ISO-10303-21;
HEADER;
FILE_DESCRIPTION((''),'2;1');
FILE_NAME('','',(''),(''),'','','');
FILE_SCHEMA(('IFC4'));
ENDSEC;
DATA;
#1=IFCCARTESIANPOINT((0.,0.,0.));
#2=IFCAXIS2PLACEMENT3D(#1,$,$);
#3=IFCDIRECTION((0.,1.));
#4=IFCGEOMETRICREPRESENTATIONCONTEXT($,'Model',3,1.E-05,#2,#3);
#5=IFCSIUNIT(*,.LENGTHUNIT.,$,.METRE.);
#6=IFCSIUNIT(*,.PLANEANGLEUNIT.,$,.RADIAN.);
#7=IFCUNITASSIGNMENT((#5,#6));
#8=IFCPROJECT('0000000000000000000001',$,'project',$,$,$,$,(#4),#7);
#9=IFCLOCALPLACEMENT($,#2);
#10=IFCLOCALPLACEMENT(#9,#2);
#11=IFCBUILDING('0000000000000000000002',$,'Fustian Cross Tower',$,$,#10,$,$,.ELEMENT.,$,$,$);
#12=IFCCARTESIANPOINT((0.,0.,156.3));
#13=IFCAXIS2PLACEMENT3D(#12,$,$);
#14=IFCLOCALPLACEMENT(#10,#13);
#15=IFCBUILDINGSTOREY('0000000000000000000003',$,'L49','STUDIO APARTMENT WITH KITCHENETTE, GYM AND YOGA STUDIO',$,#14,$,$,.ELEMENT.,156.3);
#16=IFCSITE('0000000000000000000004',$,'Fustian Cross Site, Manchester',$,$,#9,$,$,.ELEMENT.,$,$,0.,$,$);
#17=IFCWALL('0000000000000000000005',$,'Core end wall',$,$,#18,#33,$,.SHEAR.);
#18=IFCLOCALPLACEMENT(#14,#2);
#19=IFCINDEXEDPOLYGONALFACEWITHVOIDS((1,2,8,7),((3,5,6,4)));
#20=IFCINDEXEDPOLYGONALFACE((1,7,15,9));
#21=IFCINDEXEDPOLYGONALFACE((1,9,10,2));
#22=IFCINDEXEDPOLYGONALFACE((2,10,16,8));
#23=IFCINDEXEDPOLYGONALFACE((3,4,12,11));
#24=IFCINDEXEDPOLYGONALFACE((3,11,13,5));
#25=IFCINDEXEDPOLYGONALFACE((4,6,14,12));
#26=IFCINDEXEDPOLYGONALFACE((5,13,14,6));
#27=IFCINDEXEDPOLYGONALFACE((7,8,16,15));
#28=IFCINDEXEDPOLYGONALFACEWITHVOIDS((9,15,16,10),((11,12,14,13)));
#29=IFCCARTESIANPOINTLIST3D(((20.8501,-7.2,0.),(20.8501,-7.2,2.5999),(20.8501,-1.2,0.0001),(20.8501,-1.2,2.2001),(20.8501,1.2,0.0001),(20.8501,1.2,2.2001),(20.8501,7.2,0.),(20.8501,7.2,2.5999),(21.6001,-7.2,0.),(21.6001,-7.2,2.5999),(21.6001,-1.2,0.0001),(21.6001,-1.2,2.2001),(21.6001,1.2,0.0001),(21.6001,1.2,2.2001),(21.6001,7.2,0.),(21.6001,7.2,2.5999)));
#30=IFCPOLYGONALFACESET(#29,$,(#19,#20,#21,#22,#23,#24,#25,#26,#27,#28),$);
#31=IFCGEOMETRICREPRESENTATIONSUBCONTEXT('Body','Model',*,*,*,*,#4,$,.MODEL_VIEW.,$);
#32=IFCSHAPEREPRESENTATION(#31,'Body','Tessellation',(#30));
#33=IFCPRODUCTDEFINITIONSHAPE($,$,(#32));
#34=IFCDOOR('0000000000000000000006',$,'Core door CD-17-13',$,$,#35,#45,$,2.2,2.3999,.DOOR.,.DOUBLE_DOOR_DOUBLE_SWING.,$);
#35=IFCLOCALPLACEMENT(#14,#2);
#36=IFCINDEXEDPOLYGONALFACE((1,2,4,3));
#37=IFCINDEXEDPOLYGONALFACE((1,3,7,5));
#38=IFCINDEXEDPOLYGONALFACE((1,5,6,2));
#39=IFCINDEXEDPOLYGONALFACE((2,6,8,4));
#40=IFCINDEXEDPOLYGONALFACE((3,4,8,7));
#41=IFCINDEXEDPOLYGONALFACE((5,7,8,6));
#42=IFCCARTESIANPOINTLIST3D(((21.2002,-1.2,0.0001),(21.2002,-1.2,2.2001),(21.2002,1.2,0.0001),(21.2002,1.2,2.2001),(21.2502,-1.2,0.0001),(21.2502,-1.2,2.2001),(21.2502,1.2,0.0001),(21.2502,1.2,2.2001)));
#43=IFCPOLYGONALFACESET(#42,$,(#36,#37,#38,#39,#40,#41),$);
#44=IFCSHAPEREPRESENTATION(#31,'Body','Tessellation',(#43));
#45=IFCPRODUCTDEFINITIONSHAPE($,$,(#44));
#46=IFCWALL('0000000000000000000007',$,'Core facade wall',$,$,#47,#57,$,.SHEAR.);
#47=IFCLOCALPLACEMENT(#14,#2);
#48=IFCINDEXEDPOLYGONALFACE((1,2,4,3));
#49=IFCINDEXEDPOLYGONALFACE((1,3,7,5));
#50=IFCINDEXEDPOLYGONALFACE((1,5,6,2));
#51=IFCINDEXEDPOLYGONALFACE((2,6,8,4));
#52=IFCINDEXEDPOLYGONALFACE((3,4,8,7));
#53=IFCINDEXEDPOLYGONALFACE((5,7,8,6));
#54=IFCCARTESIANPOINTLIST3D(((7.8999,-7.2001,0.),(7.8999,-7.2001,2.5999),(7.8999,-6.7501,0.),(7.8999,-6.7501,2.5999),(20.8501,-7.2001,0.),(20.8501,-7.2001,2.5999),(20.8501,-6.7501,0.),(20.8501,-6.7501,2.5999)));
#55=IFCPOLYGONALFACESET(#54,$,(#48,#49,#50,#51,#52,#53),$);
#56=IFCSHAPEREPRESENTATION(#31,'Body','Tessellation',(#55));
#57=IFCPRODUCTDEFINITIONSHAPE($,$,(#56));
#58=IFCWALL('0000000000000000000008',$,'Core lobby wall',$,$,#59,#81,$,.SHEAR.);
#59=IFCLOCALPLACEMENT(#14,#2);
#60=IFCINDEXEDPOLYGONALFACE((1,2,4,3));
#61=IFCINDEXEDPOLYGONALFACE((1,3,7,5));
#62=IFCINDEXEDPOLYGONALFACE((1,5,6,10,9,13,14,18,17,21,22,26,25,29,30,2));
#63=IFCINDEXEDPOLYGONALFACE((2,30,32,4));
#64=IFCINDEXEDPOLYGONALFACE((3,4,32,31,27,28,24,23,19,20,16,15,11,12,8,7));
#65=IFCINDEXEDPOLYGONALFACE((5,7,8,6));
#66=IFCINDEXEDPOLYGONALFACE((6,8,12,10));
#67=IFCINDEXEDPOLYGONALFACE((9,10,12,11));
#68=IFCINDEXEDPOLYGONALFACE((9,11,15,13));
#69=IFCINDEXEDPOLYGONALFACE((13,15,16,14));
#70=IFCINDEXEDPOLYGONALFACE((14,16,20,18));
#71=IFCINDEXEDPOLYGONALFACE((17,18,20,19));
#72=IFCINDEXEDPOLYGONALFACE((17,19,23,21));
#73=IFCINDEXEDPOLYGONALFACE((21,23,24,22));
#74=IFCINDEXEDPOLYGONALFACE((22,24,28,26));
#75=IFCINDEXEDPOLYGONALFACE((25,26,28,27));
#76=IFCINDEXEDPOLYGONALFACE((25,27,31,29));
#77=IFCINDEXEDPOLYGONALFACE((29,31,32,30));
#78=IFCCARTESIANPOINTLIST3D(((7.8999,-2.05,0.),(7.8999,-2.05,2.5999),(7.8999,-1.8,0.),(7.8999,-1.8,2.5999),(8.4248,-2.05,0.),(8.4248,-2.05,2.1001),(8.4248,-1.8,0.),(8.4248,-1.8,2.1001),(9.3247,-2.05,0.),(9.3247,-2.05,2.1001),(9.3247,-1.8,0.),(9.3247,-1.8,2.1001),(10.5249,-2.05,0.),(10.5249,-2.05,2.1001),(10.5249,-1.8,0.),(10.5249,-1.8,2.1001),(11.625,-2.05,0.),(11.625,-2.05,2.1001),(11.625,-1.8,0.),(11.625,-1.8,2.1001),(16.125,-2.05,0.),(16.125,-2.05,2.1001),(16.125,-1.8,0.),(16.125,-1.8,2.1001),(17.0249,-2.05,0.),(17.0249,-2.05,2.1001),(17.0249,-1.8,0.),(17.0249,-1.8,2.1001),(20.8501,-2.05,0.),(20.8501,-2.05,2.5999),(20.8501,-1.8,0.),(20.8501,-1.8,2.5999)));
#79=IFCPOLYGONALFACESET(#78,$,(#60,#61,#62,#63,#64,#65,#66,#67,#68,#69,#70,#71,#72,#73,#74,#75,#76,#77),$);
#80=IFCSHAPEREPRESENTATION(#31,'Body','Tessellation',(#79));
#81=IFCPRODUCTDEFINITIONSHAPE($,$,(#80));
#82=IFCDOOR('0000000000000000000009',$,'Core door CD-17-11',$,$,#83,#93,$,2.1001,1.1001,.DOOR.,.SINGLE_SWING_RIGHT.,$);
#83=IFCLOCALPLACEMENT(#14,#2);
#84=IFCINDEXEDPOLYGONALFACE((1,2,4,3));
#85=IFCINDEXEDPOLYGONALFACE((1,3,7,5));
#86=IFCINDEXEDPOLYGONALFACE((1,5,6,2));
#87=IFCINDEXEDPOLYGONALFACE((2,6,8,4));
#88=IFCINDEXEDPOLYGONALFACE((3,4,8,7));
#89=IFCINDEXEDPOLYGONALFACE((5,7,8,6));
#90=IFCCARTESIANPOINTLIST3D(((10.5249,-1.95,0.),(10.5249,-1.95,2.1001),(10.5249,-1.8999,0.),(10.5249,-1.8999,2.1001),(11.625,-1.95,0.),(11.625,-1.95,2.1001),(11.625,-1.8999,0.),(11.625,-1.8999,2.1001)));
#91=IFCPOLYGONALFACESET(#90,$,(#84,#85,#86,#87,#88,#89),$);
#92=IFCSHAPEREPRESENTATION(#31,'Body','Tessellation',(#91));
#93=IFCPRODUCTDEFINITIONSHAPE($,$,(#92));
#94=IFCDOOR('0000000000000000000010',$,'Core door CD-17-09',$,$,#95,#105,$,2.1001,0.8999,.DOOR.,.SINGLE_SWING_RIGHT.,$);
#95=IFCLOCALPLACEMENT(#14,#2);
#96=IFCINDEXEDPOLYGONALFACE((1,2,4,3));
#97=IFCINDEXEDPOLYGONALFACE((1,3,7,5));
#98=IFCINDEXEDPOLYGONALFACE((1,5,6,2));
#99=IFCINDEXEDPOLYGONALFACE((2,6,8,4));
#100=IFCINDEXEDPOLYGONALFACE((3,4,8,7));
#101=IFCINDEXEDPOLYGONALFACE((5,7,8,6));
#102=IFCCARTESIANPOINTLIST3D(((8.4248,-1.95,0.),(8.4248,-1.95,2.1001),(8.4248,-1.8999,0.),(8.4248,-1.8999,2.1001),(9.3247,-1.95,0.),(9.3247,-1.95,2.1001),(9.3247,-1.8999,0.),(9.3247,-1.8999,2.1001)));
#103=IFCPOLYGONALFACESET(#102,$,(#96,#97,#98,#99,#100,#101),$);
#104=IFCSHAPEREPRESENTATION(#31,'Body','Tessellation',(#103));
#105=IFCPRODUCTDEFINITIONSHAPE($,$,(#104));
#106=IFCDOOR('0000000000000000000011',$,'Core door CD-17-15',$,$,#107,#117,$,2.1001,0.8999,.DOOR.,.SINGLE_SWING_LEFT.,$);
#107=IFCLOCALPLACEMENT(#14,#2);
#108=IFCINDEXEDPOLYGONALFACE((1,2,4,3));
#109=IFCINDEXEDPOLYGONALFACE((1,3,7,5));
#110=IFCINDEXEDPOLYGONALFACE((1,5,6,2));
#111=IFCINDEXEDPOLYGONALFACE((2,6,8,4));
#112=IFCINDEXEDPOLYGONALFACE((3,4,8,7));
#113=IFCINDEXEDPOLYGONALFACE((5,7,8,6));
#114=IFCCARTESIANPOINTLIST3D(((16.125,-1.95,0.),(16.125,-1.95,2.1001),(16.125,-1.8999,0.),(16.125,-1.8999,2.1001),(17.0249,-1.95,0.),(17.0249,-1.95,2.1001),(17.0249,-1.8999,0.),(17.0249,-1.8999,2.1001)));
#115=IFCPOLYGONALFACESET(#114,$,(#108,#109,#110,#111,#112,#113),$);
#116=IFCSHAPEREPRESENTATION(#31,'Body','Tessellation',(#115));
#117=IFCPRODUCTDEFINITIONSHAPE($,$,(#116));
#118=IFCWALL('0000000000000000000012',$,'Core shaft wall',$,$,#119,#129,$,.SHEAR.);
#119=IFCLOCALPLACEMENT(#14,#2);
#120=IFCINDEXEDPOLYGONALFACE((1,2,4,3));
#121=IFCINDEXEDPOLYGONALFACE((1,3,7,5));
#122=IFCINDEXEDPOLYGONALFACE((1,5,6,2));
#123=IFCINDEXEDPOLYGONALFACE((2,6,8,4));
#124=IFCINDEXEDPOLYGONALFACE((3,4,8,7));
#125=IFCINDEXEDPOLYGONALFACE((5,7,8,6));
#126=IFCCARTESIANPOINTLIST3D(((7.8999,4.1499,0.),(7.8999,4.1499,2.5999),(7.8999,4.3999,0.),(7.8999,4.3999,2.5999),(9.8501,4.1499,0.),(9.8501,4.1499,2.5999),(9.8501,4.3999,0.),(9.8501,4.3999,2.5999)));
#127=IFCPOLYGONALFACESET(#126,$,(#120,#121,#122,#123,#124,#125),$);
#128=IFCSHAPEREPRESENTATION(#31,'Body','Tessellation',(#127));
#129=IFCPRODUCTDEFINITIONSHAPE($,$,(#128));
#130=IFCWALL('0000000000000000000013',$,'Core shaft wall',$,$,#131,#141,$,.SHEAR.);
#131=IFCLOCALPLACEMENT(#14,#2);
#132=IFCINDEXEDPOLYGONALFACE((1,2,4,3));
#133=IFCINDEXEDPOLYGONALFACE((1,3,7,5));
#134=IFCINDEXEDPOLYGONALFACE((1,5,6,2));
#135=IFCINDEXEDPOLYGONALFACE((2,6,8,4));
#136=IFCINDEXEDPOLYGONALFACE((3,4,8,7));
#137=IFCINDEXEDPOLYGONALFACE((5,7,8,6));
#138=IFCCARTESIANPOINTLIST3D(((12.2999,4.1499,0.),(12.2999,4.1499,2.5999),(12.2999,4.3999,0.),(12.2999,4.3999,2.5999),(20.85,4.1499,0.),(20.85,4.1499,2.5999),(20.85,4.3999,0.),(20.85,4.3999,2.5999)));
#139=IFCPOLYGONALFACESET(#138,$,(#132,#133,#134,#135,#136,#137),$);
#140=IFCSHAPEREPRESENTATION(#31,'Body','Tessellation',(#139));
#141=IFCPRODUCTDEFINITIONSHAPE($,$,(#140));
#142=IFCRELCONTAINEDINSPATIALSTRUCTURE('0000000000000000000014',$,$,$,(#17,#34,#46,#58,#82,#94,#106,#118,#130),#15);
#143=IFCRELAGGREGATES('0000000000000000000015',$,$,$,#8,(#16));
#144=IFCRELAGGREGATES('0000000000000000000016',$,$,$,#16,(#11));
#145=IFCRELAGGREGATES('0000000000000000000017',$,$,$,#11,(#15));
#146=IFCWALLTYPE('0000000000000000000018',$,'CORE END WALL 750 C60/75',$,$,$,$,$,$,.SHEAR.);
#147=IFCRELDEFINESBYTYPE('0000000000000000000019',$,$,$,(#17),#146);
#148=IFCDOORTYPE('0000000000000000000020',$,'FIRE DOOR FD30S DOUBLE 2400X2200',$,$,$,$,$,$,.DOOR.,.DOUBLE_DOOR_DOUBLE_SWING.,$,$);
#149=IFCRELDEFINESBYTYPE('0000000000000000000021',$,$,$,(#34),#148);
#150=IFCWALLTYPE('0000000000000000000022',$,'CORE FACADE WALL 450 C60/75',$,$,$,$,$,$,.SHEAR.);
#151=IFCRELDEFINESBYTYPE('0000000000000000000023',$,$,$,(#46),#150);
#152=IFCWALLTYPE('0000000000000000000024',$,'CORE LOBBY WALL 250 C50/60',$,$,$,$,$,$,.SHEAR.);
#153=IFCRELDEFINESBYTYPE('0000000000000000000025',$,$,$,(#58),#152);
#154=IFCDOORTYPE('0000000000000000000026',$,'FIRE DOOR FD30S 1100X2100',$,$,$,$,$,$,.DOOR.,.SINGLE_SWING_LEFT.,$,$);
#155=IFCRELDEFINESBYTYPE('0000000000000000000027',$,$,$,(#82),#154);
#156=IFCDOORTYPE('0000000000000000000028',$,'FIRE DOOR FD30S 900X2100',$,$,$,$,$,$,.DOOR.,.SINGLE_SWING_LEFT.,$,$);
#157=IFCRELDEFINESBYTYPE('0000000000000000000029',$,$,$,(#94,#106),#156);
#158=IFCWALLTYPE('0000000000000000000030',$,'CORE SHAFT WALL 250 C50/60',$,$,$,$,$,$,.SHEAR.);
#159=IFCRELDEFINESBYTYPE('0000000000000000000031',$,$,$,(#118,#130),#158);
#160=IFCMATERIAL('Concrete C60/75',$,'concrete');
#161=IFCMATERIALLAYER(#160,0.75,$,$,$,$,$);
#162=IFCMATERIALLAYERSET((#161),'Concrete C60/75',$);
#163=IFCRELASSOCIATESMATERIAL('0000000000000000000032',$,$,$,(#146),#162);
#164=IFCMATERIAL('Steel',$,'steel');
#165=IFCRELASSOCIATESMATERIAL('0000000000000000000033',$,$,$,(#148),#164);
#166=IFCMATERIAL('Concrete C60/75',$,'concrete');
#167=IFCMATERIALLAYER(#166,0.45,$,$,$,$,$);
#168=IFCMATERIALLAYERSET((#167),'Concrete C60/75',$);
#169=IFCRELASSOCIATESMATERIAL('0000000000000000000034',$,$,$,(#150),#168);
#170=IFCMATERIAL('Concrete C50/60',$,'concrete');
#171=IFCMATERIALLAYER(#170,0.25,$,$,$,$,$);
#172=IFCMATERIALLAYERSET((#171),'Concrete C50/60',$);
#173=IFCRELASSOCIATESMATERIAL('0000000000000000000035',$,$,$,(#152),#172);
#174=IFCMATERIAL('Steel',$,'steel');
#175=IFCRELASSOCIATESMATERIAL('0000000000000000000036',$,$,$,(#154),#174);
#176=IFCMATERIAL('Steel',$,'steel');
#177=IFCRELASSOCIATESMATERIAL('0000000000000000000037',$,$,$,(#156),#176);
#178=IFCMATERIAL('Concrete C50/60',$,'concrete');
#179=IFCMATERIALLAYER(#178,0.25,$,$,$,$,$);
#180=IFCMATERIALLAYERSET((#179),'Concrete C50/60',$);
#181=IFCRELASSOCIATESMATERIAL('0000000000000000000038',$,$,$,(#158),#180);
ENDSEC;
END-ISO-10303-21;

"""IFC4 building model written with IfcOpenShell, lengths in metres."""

from ifc_helpers import new_model, si_unit, direction, frame, frame_2d, origin, place, context, subcontext, project, spatial, rectangle, extrude, material, layer, layer_set, type_object, element, fill, save


model = new_model("IFC4")

# Units and contexts
model_context = context("Model", 3, precision=1e-05, world=origin(), true_north=direction((0.0, 1.0)))
body_context = subcontext(model_context, "Body", "Model", "MODEL_VIEW")
ifc_project = project(units=[si_unit("LENGTHUNIT", "METRE"), si_unit("PLANEANGLEUNIT", "RADIAN")], contexts=[model_context])

# Site, building, storey
site_placement = place(None, origin())
site = spatial("IfcSite", under=ifc_project, at=site_placement, Name="Fustian Cross Site, Manchester", CompositionType="ELEMENT", RefElevation=0.0)
building_placement = place(site_placement, origin())
building = spatial("IfcBuilding", under=site, at=building_placement, Name="Fustian Cross Tower", CompositionType="ELEMENT")
storey_placement = place(building_placement, frame((0.0, 0.0, 156.3)))
storey = spatial("IfcBuildingStorey", under=building, at=storey_placement, Name="L49", Description="STUDIO APARTMENT WITH KITCHENETTE, GYM AND YOGA STUDIO", CompositionType="ELEMENT", Elevation=156.3)

# Wall, opening, door
ifc_material_1 = material(Name="Concrete C60/75", Category="concrete")
ifc_layer_1 = layer(ifc_material_1, 0.75)
ifc_layer_set_1 = layer_set([ifc_layer_1], Name="Concrete C60/75")
wall_type_1 = type_object("IfcWallType", Name="CORE END WALL 750 C60/75", PredefinedType="SHEAR", material=ifc_layer_set_1)
wall_1_placement = place(storey_placement, frame((21.2251, -7.2, 0.0), z_axis=(0.0, 0.0, 1.0), x_axis=(0.0, 1.0, 0.0)))
wall_1 = element("IfcWall", 1, at=wall_1_placement, inside=storey, type_object=wall_type_1, Name="Core end wall", PredefinedType="SHEAR", context=body_context, shape_type="SweptSolid", body=[
    extrude(rectangle(XDim=14.3999, YDim=0.75, at=frame_2d((7.2, 0.0))), origin(), (0.0, 0.0, 1.0), 2.5999),
])
opening_1_placement = place(wall_1_placement, frame((6.0, 0.0, 0.0)))
opening_1 = element("IfcOpeningElement", 2, at=opening_1_placement, cuts=wall_1, PredefinedType="OPENING", context=body_context, shape_type="SweptSolid", body=[
    extrude(rectangle(XDim=2.3999, YDim=2.2, at=frame_2d((1.2, 1.1001))), frame((0.0, 0.385, 0.0), z_axis=(0.0, -1.0, 0.0), x_axis=(1.0, 0.0, 0.0)), (0.0, 0.0, 1.0), 0.77),
])
ifc_material_2 = material(Name="Steel", Category="steel")
door_type_1 = type_object("IfcDoorType", Name="FIRE DOOR FD30S DOUBLE 2400X2200", OperationType="DOUBLE_DOOR_DOUBLE_SWING", PredefinedType="DOOR", material=ifc_material_2)
door_1_placement = place(opening_1_placement, origin())
door_1 = element("IfcDoor", 3, at=door_1_placement, inside=storey, type_object=door_type_1, Name="Core door CD-17-13", OperationType="DOUBLE_DOOR_DOUBLE_SWING", OverallHeight=2.2, OverallWidth=2.3999, PredefinedType="DOOR", context=body_context, shape_type="SweptSolid", body=[
    extrude(rectangle(XDim=2.3999, YDim=2.2, at=frame_2d((1.2, 1.1001))), frame((0.0, 0.0249, 0.0), z_axis=(0.0, -1.0, 0.0), x_axis=(1.0, 0.0, 0.0)), (0.0, 0.0, 1.0), 0.05),
])
fill(opening_1, door_1)

# Wall
ifc_material_3 = material(Name="Concrete C60/75", Category="concrete")
ifc_layer_2 = layer(ifc_material_3, 0.45)
ifc_layer_set_2 = layer_set([ifc_layer_2], Name="Concrete C60/75")
wall_type_2 = type_object("IfcWallType", Name="CORE FACADE WALL 450 C60/75", PredefinedType="SHEAR", material=ifc_layer_set_2)
wall_2_placement = place(storey_placement, frame((7.8999, -6.9751, 0.0), z_axis=(0.0, 0.0, 1.0), x_axis=(1.0, 0.0, 0.0)))
element("IfcWall", 4, at=wall_2_placement, inside=storey, type_object=wall_type_2, Name="Core facade wall", PredefinedType="SHEAR", context=body_context, shape_type="SweptSolid", body=[
    extrude(rectangle(XDim=12.9502, YDim=0.45, at=frame_2d((6.4751, 0.0))), origin(), (0.0, 0.0, 1.0), 2.5999),
])

# Wall, openings, doors
ifc_material_4 = material(Name="Concrete C50/60", Category="concrete")
ifc_layer_3 = layer(ifc_material_4, 0.25)
ifc_layer_set_3 = layer_set([ifc_layer_3], Name="Concrete C50/60")
wall_type_3 = type_object("IfcWallType", Name="CORE LOBBY WALL 250 C50/60", PredefinedType="SHEAR", material=ifc_layer_set_3)
wall_3_placement = place(storey_placement, frame((7.8999, -1.925, 0.0), z_axis=(0.0, 0.0, 1.0), x_axis=(1.0, 0.0, 0.0)))
wall_3 = element("IfcWall", 5, at=wall_3_placement, inside=storey, type_object=wall_type_3, Name="Core lobby wall", PredefinedType="SHEAR", context=body_context, shape_type="SweptSolid", body=[
    extrude(rectangle(XDim=12.9502, YDim=0.25, at=frame_2d((6.4751, 0.0))), origin(), (0.0, 0.0, 1.0), 2.5999),
])
opening_2_placement = place(wall_3_placement, frame((0.5249, 0.0, 0.0)))
opening_2 = element("IfcOpeningElement", 6, at=opening_2_placement, cuts=wall_3, PredefinedType="OPENING", context=body_context, shape_type="SweptSolid", body=[
    extrude(rectangle(XDim=0.8999, YDim=2.1001, at=frame_2d((0.45, 1.05))), frame((0.0, 0.135, 0.0), z_axis=(0.0, -1.0, 0.0), x_axis=(1.0, 0.0, 0.0)), (0.0, 0.0, 1.0), 0.27),
])
opening_3_placement = place(wall_3_placement, frame((2.625, 0.0, 0.0)))
opening_3 = element("IfcOpeningElement", 7, at=opening_3_placement, cuts=wall_3, PredefinedType="OPENING", context=body_context, shape_type="SweptSolid", body=[
    extrude(rectangle(XDim=1.1001, YDim=2.1001, at=frame_2d((0.55, 1.05))), frame((0.0, 0.135, 0.0), z_axis=(0.0, -1.0, 0.0), x_axis=(1.0, 0.0, 0.0)), (0.0, 0.0, 1.0), 0.27),
])
opening_4_placement = place(wall_3_placement, frame((8.2251, 0.0, 0.0)))
opening_4 = element("IfcOpeningElement", 8, at=opening_4_placement, cuts=wall_3, PredefinedType="OPENING", context=body_context, shape_type="SweptSolid", body=[
    extrude(rectangle(XDim=0.8999, YDim=2.1001, at=frame_2d((0.45, 1.05))), frame((0.0, 0.135, 0.0), z_axis=(0.0, -1.0, 0.0), x_axis=(1.0, 0.0, 0.0)), (0.0, 0.0, 1.0), 0.27),
])
ifc_material_5 = material(Name="Steel", Category="steel")
door_type_2 = type_object("IfcDoorType", Name="FIRE DOOR FD30S 1100X2100", OperationType="SINGLE_SWING_LEFT", PredefinedType="DOOR", material=ifc_material_5)
door_2_placement = place(opening_3_placement, frame((1.1001, 0.0, 0.0), z_axis=(0.0, 0.0, 1.0), x_axis=(-1.0, 0.0, 0.0)))
door_2 = element("IfcDoor", 9, at=door_2_placement, inside=storey, type_object=door_type_2, Name="Core door CD-17-11", OperationType="SINGLE_SWING_RIGHT", OverallHeight=2.1001, OverallWidth=1.1001, PredefinedType="DOOR", context=body_context, shape_type="SweptSolid", body=[
    extrude(rectangle(XDim=1.1001, YDim=2.1001, at=frame_2d((0.55, 1.05))), frame((0.0, 0.0249, 0.0), z_axis=(0.0, -1.0, 0.0), x_axis=(1.0, 0.0, 0.0)), (0.0, 0.0, 1.0), 0.05),
])
fill(opening_3, door_2)
ifc_material_6 = material(Name="Steel", Category="steel")
door_type_3 = type_object("IfcDoorType", Name="FIRE DOOR FD30S 900X2100", OperationType="SINGLE_SWING_LEFT", PredefinedType="DOOR", material=ifc_material_6)
door_3_placement = place(opening_2_placement, frame((0.8999, 0.0, 0.0), z_axis=(0.0, 0.0, 1.0), x_axis=(-1.0, 0.0, 0.0)))
door_3 = element("IfcDoor", 10, at=door_3_placement, inside=storey, type_object=door_type_3, Name="Core door CD-17-09", OperationType="SINGLE_SWING_RIGHT", OverallHeight=2.1001, OverallWidth=0.8999, PredefinedType="DOOR", context=body_context, shape_type="SweptSolid", body=[
    extrude(rectangle(XDim=0.8999, YDim=2.1001, at=frame_2d((0.45, 1.05))), frame((0.0, 0.0249, 0.0), z_axis=(0.0, -1.0, 0.0), x_axis=(1.0, 0.0, 0.0)), (0.0, 0.0, 1.0), 0.05),
])
fill(opening_2, door_3)
door_4_placement = place(opening_4_placement, frame((0.8999, 0.0, 0.0), z_axis=(0.0, 0.0, 1.0), x_axis=(-1.0, 0.0, 0.0)))
door_4 = element("IfcDoor", 11, at=door_4_placement, inside=storey, type_object=door_type_3, Name="Core door CD-17-15", OperationType="SINGLE_SWING_LEFT", OverallHeight=2.1001, OverallWidth=0.8999, PredefinedType="DOOR", context=body_context, shape_type="SweptSolid", body=[
    extrude(rectangle(XDim=0.8999, YDim=2.1001, at=frame_2d((0.45, 1.05))), frame((0.0, 0.0249, 0.0), z_axis=(0.0, -1.0, 0.0), x_axis=(1.0, 0.0, 0.0)), (0.0, 0.0, 1.0), 0.05),
])
fill(opening_4, door_4)

# Walls
ifc_material_7 = material(Name="Concrete C50/60", Category="concrete")
ifc_layer_4 = layer(ifc_material_7, 0.25)
ifc_layer_set_4 = layer_set([ifc_layer_4], Name="Concrete C50/60")
wall_type_4 = type_object("IfcWallType", Name="CORE SHAFT WALL 250 C50/60", PredefinedType="SHEAR", material=ifc_layer_set_4)
wall_4_placement = place(storey_placement, frame((7.8999, 4.2749, 0.0), z_axis=(0.0, 0.0, 1.0), x_axis=(1.0, 0.0, 0.0)))
element("IfcWall", 12, at=wall_4_placement, inside=storey, type_object=wall_type_4, Name="Core shaft wall", PredefinedType="SHEAR", context=body_context, shape_type="SweptSolid", body=[
    extrude(rectangle(XDim=1.9502, YDim=0.25, at=frame_2d((0.9751, 0.0))), origin(), (0.0, 0.0, 1.0), 2.5999),
])
wall_5_placement = place(storey_placement, frame((12.3, 4.2749, 0.0), z_axis=(0.0, 0.0, 1.0), x_axis=(1.0, 0.0, 0.0)))
element("IfcWall", 13, at=wall_5_placement, inside=storey, type_object=wall_type_4, Name="Core shaft wall", PredefinedType="SHEAR", context=body_context, shape_type="SweptSolid", body=[
    extrude(rectangle(XDim=8.55, YDim=0.25, at=frame_2d((4.2749, 0.0))), origin(), (0.0, 0.0, 1.0), 2.5999),
])

save(model, "model.ifc")
